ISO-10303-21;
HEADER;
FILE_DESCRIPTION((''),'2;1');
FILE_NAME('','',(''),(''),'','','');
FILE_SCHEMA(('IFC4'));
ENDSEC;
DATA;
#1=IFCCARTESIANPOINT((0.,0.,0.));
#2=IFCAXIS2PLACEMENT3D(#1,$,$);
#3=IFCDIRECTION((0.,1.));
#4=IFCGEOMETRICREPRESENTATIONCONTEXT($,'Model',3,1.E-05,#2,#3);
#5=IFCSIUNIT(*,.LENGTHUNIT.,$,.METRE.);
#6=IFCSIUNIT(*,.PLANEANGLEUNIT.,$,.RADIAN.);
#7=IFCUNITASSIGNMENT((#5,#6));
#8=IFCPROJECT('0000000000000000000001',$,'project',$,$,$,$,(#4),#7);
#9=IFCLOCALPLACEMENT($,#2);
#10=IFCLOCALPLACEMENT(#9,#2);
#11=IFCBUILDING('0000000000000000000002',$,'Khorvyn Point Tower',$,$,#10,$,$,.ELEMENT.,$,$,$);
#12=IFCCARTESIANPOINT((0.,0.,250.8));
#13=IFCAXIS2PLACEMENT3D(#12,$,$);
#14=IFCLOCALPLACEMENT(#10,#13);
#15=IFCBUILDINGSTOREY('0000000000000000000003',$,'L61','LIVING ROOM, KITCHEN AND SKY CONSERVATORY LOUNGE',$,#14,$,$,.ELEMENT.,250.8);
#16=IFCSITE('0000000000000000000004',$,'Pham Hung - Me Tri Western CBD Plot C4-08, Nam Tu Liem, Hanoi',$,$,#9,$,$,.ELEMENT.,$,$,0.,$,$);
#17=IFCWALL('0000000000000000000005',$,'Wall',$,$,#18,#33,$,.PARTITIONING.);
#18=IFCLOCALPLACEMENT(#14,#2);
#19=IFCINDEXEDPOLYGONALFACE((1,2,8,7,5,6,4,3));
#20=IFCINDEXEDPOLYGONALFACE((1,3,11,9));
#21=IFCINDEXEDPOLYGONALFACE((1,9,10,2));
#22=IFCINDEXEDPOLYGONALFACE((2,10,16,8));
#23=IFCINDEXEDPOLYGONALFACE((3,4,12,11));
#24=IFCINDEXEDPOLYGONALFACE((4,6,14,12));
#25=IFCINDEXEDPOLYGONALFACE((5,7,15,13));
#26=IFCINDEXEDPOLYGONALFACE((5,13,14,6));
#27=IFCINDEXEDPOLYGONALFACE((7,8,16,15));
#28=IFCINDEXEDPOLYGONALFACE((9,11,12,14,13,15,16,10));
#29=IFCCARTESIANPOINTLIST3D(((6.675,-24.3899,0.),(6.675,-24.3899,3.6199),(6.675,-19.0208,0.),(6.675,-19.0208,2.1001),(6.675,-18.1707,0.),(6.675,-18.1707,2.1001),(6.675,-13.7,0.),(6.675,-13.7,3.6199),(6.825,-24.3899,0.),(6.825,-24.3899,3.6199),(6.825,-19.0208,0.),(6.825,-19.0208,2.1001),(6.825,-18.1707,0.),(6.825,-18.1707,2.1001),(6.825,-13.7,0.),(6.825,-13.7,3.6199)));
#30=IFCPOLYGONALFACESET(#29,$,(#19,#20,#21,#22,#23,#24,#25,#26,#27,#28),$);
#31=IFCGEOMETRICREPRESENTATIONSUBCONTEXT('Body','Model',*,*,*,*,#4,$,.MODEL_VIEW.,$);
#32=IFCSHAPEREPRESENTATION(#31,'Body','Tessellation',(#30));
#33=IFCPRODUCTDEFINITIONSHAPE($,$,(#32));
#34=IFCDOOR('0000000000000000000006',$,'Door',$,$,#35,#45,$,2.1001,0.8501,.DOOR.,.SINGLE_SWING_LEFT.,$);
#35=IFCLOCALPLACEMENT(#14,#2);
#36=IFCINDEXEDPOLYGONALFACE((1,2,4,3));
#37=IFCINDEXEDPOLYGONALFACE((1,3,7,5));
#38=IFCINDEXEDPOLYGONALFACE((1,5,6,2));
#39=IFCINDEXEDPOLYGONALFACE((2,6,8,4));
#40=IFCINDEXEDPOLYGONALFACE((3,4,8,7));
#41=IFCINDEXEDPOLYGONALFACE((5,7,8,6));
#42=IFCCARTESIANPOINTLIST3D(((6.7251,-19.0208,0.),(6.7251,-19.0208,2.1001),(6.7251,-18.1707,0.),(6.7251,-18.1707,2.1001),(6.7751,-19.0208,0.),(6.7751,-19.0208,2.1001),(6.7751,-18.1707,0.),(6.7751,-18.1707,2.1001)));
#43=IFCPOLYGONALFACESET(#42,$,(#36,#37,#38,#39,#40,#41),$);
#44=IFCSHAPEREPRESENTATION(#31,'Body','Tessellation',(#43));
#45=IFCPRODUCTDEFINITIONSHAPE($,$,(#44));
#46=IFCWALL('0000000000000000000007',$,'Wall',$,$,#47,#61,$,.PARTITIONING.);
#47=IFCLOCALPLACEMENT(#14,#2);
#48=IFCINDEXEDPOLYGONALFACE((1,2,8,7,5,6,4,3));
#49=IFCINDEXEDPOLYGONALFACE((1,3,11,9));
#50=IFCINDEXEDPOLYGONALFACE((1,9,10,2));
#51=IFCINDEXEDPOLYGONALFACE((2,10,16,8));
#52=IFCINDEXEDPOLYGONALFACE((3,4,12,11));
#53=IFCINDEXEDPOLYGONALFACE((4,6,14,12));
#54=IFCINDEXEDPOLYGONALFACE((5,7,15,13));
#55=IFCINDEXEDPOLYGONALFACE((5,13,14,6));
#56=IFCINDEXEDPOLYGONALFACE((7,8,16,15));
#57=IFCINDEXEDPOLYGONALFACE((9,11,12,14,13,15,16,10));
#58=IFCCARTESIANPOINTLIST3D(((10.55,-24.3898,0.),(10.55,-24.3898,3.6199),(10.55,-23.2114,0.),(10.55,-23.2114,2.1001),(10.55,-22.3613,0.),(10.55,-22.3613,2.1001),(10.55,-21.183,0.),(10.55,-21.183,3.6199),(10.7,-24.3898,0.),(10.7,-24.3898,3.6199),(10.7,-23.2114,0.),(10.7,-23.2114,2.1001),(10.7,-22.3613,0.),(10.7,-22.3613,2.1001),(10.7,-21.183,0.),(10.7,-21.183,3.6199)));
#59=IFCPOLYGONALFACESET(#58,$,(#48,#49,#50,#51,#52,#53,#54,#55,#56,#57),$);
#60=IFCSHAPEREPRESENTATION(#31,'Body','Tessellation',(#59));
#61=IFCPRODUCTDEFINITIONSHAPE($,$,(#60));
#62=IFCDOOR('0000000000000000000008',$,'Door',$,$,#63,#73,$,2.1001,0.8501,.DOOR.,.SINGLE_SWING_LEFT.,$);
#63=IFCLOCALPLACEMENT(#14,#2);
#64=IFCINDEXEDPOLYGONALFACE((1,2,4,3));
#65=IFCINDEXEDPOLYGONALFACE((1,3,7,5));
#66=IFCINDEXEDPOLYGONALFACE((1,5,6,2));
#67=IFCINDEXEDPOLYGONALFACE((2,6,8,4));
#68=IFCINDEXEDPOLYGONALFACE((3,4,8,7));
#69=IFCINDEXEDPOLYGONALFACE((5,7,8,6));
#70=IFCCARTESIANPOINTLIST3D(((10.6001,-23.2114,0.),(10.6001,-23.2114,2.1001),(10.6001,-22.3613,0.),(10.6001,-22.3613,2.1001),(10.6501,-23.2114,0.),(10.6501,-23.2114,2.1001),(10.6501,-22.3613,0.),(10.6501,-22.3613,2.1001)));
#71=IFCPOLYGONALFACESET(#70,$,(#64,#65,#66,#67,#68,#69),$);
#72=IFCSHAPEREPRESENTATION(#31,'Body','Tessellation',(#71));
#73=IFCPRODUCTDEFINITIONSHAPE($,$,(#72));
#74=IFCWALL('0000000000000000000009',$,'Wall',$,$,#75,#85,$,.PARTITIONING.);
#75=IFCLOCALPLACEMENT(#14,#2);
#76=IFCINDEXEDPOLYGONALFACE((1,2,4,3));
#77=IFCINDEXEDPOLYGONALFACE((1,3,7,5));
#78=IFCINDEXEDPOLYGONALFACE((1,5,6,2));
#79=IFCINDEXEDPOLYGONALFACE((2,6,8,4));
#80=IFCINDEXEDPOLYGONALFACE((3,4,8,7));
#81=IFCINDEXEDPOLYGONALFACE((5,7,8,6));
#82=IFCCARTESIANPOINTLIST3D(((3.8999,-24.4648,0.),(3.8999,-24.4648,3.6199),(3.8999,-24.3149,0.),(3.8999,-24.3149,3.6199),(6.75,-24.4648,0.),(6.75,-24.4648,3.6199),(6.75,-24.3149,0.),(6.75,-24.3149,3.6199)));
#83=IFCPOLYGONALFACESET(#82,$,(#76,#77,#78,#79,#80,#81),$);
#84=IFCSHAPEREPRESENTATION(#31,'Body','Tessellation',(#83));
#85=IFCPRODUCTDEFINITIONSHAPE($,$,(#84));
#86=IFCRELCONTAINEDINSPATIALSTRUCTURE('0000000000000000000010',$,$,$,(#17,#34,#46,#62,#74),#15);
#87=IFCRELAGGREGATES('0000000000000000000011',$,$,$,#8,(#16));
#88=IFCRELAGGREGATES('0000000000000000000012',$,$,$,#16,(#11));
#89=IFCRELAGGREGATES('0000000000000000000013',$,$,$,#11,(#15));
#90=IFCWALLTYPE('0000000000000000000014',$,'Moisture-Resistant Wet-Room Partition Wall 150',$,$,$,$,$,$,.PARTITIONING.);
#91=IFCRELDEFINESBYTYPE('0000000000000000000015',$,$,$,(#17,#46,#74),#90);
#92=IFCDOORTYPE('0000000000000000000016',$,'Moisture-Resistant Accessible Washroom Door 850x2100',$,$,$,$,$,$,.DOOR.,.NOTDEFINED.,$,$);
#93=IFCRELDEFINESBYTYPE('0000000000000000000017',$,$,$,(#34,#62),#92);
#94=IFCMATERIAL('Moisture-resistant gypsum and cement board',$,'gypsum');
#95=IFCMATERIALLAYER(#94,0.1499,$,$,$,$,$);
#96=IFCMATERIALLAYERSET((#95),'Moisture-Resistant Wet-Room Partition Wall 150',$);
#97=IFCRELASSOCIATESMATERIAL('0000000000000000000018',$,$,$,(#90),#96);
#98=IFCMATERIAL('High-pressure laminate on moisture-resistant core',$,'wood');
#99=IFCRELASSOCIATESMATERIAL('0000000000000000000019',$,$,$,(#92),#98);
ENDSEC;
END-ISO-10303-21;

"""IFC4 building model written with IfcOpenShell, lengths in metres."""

from ifc_helpers import new_model, si_unit, direction, frame, frame_2d, origin, place, context, subcontext, project, spatial, rectangle, extrude, material, layer, layer_set, type_object, element, fill, save


model = new_model("IFC4")

# Units and contexts
model_context = context("Model", 3, precision=1e-05, world=origin(), true_north=direction((0.0, 1.0)))
body_context = subcontext(model_context, "Body", "Model", "MODEL_VIEW")
ifc_project = project(units=[si_unit("LENGTHUNIT", "METRE"), si_unit("PLANEANGLEUNIT", "RADIAN")], contexts=[model_context])

# Site, building, storey
site_placement = place(None, origin())
site = spatial("IfcSite", under=ifc_project, at=site_placement, Name="Pham Hung - Me Tri Western CBD Plot C4-08, Nam Tu Liem, Hanoi", CompositionType="ELEMENT", RefElevation=0.0)
building_placement = place(site_placement, origin())
building = spatial("IfcBuilding", under=site, at=building_placement, Name="Khorvyn Point Tower", CompositionType="ELEMENT")
storey_placement = place(building_placement, frame((0.0, 0.0, 250.8)))
storey = spatial("IfcBuildingStorey", under=building, at=storey_placement, Name="L61", Description="LIVING ROOM, KITCHEN AND SKY CONSERVATORY LOUNGE", CompositionType="ELEMENT", Elevation=250.8)

# Walls, openings, doors
ifc_material_1 = material(Name="Moisture-resistant gypsum and cement board", Category="gypsum")
ifc_layer_1 = layer(ifc_material_1, 0.1499)
ifc_layer_set_1 = layer_set([ifc_layer_1], Name="Moisture-Resistant Wet-Room Partition Wall 150")
wall_type_1 = type_object("IfcWallType", Name="Moisture-Resistant Wet-Room Partition Wall 150", PredefinedType="PARTITIONING", material=ifc_layer_set_1)
wall_1_placement = place(storey_placement, frame((6.75, -24.3899, 0.0), z_axis=(0.0, 0.0, 1.0), x_axis=(0.0, 1.0, 0.0)))
wall_1 = element("IfcWall", 1, at=wall_1_placement, inside=storey, type_object=wall_type_1, Name="Wall", PredefinedType="PARTITIONING", context=body_context, shape_type="SweptSolid", body=[
    extrude(rectangle(XDim=10.6899, YDim=0.1499, at=frame_2d((5.345, 0.0))), origin(), (0.0, 0.0, 1.0), 3.6199),
])
opening_1_placement = place(wall_1_placement, frame((5.3691, 0.0, 0.0)))
opening_1 = element("IfcOpeningElement", 2, at=opening_1_placement, cuts=wall_1, PredefinedType="OPENING", context=body_context, shape_type="SweptSolid", body=[
    extrude(rectangle(XDim=0.8501, YDim=2.1001, at=frame_2d((0.425, 1.05))), frame((0.0, 0.085, 0.0), z_axis=(0.0, -1.0, 0.0), x_axis=(1.0, 0.0, 0.0)), (0.0, 0.0, 1.0), 0.1699),
])
ifc_material_2 = material(Name="High-pressure laminate on moisture-resistant core", Category="wood")
door_type_1 = type_object("IfcDoorType", Name="Moisture-Resistant Accessible Washroom Door 850x2100", OperationType="NOTDEFINED", PredefinedType="DOOR", material=ifc_material_2)
door_1_placement = place(opening_1_placement, origin())
door_1 = element("IfcDoor", 3, at=door_1_placement, inside=storey, type_object=door_type_1, Name="Door", OperationType="SINGLE_SWING_LEFT", OverallHeight=2.1001, OverallWidth=0.8501, PredefinedType="DOOR", context=body_context, shape_type="SweptSolid", body=[
    extrude(rectangle(XDim=0.8501, YDim=2.1001, at=frame_2d((0.425, 1.05))), frame((0.0, 0.0249, 0.0), z_axis=(0.0, -1.0, 0.0), x_axis=(1.0, 0.0, 0.0)), (0.0, 0.0, 1.0), 0.05),
])
fill(opening_1, door_1)
wall_2_placement = place(storey_placement, frame((10.625, -24.3899, 0.0), z_axis=(0.0, 0.0, 1.0), x_axis=(0.0, 1.0, 0.0)))
wall_2 = element("IfcWall", 4, at=wall_2_placement, inside=storey, type_object=wall_type_1, Name="Wall", PredefinedType="PARTITIONING", context=body_context, shape_type="SweptSolid", body=[
    extrude(rectangle(XDim=3.2068, YDim=0.1499, at=frame_2d((1.6035, 0.0))), origin(), (0.0, 0.0, 1.0), 3.6199),
])
opening_2_placement = place(wall_2_placement, frame((1.1785, 0.0, 0.0)))
opening_2 = element("IfcOpeningElement", 5, at=opening_2_placement, cuts=wall_2, PredefinedType="OPENING", context=body_context, shape_type="SweptSolid", body=[
    extrude(rectangle(XDim=0.8501, YDim=2.1001, at=frame_2d((0.425, 1.05))), frame((0.0, 0.085, 0.0), z_axis=(0.0, -1.0, 0.0), x_axis=(1.0, 0.0, 0.0)), (0.0, 0.0, 1.0), 0.1699),
])
door_2_placement = place(opening_2_placement, origin())
door_2 = element("IfcDoor", 6, at=door_2_placement, inside=storey, type_object=door_type_1, Name="Door", OperationType="SINGLE_SWING_LEFT", OverallHeight=2.1001, OverallWidth=0.8501, PredefinedType="DOOR", context=body_context, shape_type="SweptSolid", body=[
    extrude(rectangle(XDim=0.8501, YDim=2.1001, at=frame_2d((0.425, 1.05))), frame((0.0, 0.0249, 0.0), z_axis=(0.0, -1.0, 0.0), x_axis=(1.0, 0.0, 0.0)), (0.0, 0.0, 1.0), 0.05),
])
fill(opening_2, door_2)

# Wall
wall_3_placement = place(storey_placement, frame((3.8999, -24.3899, 0.0), z_axis=(0.0, 0.0, 1.0), x_axis=(1.0, 0.0, 0.0)))
element("IfcWall", 7, at=wall_3_placement, inside=storey, type_object=wall_type_1, Name="Wall", PredefinedType="PARTITIONING", context=body_context, shape_type="SweptSolid", body=[
    extrude(rectangle(XDim=2.8501, YDim=0.1499, at=frame_2d((1.425, 0.0))), origin(), (0.0, 0.0, 1.0), 3.6199),
])

save(model, "model.ifc")
